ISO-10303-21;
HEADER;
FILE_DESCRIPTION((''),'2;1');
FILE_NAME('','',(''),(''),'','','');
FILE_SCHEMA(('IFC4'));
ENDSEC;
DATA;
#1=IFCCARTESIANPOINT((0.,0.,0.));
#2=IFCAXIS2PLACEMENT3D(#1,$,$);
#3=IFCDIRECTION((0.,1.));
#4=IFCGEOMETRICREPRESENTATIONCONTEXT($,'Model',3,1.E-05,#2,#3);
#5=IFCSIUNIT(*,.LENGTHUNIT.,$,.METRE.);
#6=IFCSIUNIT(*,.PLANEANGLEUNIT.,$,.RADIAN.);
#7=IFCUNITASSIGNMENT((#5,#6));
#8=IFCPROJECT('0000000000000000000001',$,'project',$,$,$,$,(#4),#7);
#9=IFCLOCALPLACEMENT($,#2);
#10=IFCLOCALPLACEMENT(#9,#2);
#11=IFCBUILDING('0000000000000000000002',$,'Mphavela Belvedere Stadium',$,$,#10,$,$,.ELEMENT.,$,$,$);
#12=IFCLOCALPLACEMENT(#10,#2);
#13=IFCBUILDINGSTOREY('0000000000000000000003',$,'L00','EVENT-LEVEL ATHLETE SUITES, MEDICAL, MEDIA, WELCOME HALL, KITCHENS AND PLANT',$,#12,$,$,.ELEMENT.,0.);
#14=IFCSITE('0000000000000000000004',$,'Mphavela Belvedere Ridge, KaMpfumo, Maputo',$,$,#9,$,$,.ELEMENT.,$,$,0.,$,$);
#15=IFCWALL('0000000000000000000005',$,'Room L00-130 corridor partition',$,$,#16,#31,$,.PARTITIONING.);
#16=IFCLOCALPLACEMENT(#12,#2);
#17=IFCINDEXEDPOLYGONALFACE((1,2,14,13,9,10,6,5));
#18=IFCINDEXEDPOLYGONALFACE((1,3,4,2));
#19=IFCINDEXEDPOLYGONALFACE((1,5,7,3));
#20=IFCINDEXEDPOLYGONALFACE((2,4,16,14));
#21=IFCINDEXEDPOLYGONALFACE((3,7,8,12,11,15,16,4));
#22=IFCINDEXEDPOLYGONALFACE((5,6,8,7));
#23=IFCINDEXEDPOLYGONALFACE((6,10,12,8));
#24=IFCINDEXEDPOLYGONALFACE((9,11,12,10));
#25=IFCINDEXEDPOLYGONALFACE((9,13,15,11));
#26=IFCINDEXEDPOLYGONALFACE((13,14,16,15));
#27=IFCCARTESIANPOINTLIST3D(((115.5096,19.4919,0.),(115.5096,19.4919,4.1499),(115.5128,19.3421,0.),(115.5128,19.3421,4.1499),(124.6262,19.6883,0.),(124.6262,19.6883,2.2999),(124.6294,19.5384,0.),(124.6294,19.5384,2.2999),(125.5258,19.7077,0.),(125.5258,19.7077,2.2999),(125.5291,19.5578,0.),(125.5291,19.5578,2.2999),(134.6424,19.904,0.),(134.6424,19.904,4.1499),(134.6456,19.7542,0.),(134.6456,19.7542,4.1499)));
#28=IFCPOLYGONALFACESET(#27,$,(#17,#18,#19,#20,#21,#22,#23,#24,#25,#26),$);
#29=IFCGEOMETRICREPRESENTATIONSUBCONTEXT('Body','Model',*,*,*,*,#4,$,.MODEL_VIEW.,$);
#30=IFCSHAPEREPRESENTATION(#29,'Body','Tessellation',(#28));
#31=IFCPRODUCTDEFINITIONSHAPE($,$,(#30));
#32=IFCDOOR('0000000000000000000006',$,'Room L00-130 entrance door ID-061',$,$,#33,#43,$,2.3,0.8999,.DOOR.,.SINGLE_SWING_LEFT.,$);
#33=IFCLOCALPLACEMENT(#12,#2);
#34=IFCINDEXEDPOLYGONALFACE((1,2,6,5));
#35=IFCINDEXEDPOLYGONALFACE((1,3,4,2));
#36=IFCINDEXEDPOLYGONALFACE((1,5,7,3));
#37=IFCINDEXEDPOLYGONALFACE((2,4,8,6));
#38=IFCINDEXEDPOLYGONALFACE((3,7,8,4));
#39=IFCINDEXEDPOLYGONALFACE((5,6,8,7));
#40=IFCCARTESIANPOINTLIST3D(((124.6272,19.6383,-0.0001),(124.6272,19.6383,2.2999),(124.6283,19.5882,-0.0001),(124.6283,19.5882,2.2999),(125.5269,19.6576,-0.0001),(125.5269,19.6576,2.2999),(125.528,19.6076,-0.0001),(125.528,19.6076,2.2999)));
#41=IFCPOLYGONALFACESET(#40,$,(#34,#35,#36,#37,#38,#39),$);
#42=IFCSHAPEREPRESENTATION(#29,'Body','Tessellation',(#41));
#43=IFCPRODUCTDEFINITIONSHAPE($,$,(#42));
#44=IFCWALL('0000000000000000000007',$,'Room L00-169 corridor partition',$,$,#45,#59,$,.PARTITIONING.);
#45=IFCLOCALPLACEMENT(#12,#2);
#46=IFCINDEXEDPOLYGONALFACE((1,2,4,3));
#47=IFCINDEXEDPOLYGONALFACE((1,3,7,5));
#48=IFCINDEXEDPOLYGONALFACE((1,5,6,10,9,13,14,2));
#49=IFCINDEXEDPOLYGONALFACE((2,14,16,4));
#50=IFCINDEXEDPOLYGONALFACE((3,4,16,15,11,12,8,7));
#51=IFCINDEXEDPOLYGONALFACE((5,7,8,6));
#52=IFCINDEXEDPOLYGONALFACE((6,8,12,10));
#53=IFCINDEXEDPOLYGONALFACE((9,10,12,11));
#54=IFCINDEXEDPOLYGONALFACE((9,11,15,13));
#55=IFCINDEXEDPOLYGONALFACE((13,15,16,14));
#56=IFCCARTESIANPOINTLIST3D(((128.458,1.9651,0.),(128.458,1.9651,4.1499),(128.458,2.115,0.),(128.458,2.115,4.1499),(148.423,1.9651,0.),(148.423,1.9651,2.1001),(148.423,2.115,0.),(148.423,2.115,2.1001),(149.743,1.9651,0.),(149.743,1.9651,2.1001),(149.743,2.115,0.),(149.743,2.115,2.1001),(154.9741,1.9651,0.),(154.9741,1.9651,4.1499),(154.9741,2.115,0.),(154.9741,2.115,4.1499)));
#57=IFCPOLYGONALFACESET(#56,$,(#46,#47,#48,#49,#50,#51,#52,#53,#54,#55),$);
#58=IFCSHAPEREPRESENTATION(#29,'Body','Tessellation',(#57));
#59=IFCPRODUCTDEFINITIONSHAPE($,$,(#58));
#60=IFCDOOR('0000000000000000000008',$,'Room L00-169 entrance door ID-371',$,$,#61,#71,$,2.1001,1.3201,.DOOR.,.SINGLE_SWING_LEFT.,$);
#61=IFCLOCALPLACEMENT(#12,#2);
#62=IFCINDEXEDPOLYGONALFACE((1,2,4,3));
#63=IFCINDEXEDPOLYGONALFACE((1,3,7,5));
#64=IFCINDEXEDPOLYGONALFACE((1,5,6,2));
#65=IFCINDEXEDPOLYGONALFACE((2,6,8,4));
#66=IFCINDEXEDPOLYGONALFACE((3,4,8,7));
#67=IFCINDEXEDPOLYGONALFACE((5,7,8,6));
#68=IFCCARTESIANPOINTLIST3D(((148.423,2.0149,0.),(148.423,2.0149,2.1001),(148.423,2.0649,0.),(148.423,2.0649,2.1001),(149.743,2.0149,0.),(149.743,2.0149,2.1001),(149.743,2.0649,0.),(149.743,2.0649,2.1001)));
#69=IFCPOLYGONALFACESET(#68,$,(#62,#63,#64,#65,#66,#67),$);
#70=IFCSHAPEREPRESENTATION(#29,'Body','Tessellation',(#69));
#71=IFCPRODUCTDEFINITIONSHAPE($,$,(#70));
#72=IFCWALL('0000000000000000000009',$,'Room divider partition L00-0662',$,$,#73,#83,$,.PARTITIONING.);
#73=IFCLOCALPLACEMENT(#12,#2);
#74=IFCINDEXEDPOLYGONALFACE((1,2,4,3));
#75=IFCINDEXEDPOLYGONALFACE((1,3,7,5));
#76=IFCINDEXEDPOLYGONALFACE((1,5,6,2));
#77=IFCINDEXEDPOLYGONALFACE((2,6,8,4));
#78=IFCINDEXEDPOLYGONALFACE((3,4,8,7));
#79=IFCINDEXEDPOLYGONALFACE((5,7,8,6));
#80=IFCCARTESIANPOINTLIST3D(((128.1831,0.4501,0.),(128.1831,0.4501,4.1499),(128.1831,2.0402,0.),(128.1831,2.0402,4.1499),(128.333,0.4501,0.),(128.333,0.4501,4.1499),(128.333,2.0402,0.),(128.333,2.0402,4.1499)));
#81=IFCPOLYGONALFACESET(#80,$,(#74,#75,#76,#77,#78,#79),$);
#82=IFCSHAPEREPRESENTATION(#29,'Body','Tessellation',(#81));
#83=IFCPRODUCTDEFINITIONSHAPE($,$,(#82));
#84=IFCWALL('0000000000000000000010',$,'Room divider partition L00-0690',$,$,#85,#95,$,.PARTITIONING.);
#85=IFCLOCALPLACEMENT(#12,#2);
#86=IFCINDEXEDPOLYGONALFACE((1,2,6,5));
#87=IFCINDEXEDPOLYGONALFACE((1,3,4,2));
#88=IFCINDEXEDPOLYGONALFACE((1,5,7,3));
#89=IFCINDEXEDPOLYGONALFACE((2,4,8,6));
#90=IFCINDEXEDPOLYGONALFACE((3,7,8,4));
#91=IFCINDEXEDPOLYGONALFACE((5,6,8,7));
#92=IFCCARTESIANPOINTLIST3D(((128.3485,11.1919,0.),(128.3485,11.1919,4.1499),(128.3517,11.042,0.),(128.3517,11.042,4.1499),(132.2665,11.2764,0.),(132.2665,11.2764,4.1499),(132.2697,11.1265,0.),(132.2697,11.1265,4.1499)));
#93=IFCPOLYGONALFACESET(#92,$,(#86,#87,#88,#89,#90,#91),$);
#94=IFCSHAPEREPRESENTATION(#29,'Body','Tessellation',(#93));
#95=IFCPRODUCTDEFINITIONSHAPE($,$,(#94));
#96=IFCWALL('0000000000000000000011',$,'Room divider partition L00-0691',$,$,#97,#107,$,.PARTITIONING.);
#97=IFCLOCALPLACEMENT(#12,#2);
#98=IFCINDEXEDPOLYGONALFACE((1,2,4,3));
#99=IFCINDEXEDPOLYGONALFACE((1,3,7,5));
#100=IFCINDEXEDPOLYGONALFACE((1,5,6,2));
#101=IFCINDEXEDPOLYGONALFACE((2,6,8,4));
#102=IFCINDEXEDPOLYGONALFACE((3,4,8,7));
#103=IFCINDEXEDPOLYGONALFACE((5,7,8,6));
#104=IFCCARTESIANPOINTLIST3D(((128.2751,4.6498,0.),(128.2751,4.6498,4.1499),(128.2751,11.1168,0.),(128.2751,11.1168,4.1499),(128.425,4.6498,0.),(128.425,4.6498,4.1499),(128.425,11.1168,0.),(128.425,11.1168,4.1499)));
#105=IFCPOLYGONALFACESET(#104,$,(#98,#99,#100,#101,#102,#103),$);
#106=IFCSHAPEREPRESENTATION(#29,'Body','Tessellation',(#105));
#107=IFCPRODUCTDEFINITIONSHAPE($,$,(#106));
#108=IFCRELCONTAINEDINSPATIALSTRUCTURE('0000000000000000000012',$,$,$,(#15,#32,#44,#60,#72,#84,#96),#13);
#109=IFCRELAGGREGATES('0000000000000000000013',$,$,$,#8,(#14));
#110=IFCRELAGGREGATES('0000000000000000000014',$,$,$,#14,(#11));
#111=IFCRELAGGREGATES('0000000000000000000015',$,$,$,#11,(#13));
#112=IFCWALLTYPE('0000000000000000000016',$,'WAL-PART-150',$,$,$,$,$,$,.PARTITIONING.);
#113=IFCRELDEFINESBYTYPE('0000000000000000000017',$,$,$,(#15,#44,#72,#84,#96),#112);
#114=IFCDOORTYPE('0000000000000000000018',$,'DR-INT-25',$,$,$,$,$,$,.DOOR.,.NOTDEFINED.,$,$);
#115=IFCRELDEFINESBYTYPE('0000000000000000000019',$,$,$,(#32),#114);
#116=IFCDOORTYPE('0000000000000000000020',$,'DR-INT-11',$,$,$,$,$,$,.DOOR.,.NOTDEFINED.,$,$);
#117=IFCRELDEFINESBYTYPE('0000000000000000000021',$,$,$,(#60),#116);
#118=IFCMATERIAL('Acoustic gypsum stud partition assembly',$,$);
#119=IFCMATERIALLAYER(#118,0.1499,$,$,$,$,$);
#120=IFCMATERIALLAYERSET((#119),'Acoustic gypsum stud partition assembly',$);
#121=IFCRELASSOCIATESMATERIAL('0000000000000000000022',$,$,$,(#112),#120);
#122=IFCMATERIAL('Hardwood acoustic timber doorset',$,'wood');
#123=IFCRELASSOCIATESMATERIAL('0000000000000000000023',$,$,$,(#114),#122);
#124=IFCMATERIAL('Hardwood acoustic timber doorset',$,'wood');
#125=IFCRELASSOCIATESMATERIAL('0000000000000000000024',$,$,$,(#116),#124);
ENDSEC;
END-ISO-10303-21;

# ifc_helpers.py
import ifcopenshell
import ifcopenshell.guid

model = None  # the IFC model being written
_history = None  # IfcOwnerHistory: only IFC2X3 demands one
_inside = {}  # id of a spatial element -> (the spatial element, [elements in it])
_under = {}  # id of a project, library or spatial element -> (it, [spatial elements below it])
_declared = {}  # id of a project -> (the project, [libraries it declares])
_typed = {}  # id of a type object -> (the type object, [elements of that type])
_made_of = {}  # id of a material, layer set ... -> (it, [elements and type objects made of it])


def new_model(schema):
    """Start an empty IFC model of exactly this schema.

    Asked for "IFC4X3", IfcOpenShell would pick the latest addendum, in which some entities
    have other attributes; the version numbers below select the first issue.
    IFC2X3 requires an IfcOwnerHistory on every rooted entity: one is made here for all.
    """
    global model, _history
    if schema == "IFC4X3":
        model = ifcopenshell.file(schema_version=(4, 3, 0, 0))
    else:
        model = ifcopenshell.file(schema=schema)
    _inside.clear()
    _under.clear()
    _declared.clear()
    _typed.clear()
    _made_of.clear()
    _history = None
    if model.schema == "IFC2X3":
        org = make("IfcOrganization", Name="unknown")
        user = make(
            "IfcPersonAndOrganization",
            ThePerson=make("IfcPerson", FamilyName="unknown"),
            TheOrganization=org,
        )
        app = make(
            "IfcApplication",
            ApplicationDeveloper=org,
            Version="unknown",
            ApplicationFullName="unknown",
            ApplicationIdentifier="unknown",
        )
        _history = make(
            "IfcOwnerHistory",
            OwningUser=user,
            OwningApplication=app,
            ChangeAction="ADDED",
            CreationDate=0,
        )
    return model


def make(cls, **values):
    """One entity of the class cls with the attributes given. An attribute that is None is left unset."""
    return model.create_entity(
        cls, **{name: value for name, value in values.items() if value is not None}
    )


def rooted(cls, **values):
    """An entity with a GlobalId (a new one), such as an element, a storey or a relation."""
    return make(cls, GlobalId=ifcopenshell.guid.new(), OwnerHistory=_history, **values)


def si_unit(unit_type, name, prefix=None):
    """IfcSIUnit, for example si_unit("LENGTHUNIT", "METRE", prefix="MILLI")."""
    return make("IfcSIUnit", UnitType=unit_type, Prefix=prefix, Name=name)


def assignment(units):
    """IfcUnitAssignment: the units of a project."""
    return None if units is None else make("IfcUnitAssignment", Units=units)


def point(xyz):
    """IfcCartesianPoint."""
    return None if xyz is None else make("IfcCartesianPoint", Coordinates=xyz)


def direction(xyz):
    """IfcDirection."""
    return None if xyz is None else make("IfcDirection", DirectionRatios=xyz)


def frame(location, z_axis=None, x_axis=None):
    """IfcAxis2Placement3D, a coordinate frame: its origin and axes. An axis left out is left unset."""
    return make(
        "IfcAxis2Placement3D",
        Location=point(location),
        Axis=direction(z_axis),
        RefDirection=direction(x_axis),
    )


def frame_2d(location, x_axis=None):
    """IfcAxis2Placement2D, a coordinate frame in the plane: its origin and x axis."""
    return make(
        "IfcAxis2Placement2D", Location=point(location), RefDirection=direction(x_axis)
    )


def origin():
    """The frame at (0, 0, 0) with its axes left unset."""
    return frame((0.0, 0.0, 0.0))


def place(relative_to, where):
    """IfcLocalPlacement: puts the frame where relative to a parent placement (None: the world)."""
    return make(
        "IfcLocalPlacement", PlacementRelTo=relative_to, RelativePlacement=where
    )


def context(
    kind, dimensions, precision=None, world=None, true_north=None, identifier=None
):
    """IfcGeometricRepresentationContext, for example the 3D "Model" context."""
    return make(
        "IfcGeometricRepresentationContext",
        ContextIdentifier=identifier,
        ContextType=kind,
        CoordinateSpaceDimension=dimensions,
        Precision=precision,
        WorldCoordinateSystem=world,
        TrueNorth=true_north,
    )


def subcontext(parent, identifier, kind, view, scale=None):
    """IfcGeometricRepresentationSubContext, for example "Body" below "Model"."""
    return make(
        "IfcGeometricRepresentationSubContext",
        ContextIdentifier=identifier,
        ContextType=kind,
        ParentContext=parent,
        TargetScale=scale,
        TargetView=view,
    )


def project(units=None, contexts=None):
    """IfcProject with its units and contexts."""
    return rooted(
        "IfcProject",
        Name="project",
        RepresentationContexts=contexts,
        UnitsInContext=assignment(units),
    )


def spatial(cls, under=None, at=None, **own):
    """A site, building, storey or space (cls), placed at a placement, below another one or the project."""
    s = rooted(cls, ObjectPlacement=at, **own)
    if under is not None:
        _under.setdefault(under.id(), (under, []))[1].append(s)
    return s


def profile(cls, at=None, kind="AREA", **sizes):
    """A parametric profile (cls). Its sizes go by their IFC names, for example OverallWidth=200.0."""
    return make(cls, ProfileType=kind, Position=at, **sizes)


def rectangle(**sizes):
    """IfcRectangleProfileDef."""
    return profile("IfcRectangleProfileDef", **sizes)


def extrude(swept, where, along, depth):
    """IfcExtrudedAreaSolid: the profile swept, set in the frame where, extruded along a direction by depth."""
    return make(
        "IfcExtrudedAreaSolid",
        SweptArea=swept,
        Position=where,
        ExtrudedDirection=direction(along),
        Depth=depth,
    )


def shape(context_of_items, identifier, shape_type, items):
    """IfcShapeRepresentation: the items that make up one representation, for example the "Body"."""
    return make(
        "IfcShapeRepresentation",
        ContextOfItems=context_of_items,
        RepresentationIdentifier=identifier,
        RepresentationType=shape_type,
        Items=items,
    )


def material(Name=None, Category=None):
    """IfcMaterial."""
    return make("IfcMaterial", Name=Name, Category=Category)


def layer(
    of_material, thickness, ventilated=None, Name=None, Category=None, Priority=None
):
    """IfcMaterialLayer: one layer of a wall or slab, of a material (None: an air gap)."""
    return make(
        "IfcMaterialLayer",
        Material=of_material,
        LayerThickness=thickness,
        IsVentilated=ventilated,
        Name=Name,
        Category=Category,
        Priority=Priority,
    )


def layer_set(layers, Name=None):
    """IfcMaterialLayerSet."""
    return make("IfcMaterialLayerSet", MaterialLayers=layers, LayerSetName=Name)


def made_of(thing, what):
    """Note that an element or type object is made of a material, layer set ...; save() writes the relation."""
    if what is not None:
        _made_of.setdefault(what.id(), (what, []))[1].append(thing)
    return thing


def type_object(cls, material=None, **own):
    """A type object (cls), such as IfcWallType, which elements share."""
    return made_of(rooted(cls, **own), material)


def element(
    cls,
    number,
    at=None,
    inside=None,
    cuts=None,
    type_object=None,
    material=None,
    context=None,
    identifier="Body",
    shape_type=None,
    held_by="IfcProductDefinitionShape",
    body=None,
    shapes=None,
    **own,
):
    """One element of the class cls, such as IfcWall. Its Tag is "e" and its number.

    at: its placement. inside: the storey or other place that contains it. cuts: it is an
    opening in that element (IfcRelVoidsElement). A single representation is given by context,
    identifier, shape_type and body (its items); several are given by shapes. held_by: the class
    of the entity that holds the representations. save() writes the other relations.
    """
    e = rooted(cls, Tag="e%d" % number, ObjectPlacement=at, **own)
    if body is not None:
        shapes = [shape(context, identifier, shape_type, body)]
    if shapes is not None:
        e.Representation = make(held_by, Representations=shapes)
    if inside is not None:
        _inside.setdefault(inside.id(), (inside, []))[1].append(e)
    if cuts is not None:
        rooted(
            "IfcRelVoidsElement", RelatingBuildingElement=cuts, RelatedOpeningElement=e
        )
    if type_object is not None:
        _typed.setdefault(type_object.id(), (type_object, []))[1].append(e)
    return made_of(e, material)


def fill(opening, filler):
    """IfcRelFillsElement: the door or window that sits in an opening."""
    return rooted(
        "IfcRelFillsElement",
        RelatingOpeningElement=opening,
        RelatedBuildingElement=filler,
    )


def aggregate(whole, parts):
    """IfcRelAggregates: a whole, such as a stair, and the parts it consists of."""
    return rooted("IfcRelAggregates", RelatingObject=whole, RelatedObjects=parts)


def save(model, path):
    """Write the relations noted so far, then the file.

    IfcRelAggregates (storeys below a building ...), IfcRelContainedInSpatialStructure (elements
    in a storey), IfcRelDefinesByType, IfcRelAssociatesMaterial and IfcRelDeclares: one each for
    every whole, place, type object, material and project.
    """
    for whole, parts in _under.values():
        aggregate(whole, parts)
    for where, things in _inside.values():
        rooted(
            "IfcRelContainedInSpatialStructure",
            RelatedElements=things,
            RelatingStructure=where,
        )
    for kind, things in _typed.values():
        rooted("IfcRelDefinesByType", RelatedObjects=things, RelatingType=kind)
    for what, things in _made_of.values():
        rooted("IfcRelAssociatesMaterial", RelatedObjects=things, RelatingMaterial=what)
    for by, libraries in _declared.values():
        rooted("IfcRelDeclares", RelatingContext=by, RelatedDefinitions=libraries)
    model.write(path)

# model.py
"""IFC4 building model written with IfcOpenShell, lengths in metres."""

from ifc_helpers import new_model, si_unit, direction, frame, frame_2d, origin, place, context, subcontext, project, spatial, rectangle, extrude, material, layer, layer_set, type_object, element, fill, save


model = new_model("IFC4")

# Units and contexts
model_context = context("Model", 3, precision=1e-05, world=origin(), true_north=direction((0.0, 1.0)))
body_context = subcontext(model_context, "Body", "Model", "MODEL_VIEW")
ifc_project = project(units=[si_unit("LENGTHUNIT", "METRE"), si_unit("PLANEANGLEUNIT", "RADIAN")], contexts=[model_context])

# Site, building, storey
site_placement = place(None, origin())
site = spatial("IfcSite", under=ifc_project, at=site_placement, Name="Mphavela Belvedere Ridge, KaMpfumo, Maputo", CompositionType="ELEMENT", RefElevation=0.0)
building_placement = place(site_placement, origin())
building = spatial("IfcBuilding", under=site, at=building_placement, Name="Mphavela Belvedere Stadium", CompositionType="ELEMENT")
storey_placement = place(building_placement, origin())
storey = spatial("IfcBuildingStorey", under=building, at=storey_placement, Name="L00", Description="EVENT-LEVEL ATHLETE SUITES, MEDICAL, MEDIA, WELCOME HALL, KITCHENS AND PLANT", CompositionType="ELEMENT", Elevation=0.0)

# Walls, openings, doors
ifc_material_1 = material(Name="Acoustic gypsum stud partition assembly")
ifc_layer_1 = layer(ifc_material_1, 0.1499)
ifc_layer_set_1 = layer_set([ifc_layer_1], Name="Acoustic gypsum stud partition assembly")
wall_type_1 = type_object("IfcWallType", Name="WAL-PART-150", PredefinedType="PARTITIONING", material=ifc_layer_set_1)
wall_1_placement = place(storey_placement, frame((115.5112, 19.417, 0.0), z_axis=(0.0, 0.0, 1.0), x_axis=(0.999768, 0.021534, 0.0)))
wall_1 = element("IfcWall", 1, at=wall_1_placement, inside=storey, type_object=wall_type_1, Name="Room L00-130 corridor partition", PredefinedType="PARTITIONING", context=body_context, shape_type="SweptSolid", body=[
    extrude(rectangle(XDim=19.1372, YDim=0.1499, at=frame_2d((9.5686, 0.0))), origin(), (0.0, 0.0, 1.0), 4.1499),
])
opening_1_placement = place(wall_1_placement, frame((9.1187, 0.0, 0.0)))
opening_1 = element("IfcOpeningElement", 2, at=opening_1_placement, cuts=wall_1, PredefinedType="OPENING", context=body_context, shape_type="SweptSolid", body=[
    extrude(rectangle(XDim=0.8999, YDim=2.3, at=frame_2d((0.45, 1.1499))), frame((0.0, 0.085, 0.0), z_axis=(0.0, -1.0, 0.0), x_axis=(1.0, 0.0, 0.0)), (0.0, 0.0, 1.0), 0.1699),
])
ifc_material_2 = material(Name="Hardwood acoustic timber doorset", Category="wood")
door_type_1 = type_object("IfcDoorType", Name="DR-INT-25", OperationType="NOTDEFINED", PredefinedType="DOOR", material=ifc_material_2)
door_1_placement = place(opening_1_placement, origin())
door_1 = element("IfcDoor", 3, at=door_1_placement, inside=storey, type_object=door_type_1, Name="Room L00-130 entrance door ID-061", OperationType="SINGLE_SWING_LEFT", OverallHeight=2.3, OverallWidth=0.8999, PredefinedType="DOOR", context=body_context, shape_type="SweptSolid", body=[
    extrude(rectangle(XDim=0.8999, YDim=2.3, at=frame_2d((0.45, 1.1499))), frame((0.0, 0.0249, 0.0), z_axis=(0.0, -1.0, 0.0), x_axis=(1.0, 0.0, 0.0)), (0.0, 0.0, 1.0), 0.05),
])
fill(opening_1, door_1)
wall_2_placement = place(storey_placement, frame((128.458, 2.04, 0.0), z_axis=(0.0, 0.0, 1.0), x_axis=(1.0, 0.0, 0.0)))
wall_2 = element("IfcWall", 4, at=wall_2_placement, inside=storey, type_object=wall_type_1, Name="Room L00-169 corridor partition", PredefinedType="PARTITIONING", context=body_context, shape_type="SweptSolid", body=[
    extrude(rectangle(XDim=26.5161, YDim=0.1499, at=frame_2d((13.2581, 0.0))), origin(), (0.0, 0.0, 1.0), 4.1499),
])
opening_2_placement = place(wall_2_placement, frame((19.9648, 0.0, 0.0)))
opening_2 = element("IfcOpeningElement", 5, at=opening_2_placement, cuts=wall_2, PredefinedType="OPENING", context=body_context, shape_type="SweptSolid", body=[
    extrude(rectangle(XDim=1.3201, YDim=2.1001, at=frame_2d((0.6602, 1.05))), frame((0.0, 0.085, 0.0), z_axis=(0.0, -1.0, 0.0), x_axis=(1.0, 0.0, 0.0)), (0.0, 0.0, 1.0), 0.1699),
])
ifc_material_3 = material(Name="Hardwood acoustic timber doorset", Category="wood")
door_type_2 = type_object("IfcDoorType", Name="DR-INT-11", OperationType="NOTDEFINED", PredefinedType="DOOR", material=ifc_material_3)
door_2_placement = place(opening_2_placement, origin())
door_2 = element("IfcDoor", 6, at=door_2_placement, inside=storey, type_object=door_type_2, Name="Room L00-169 entrance door ID-371", OperationType="SINGLE_SWING_LEFT", OverallHeight=2.1001, OverallWidth=1.3201, PredefinedType="DOOR", context=body_context, shape_type="SweptSolid", body=[
    extrude(rectangle(XDim=1.3201, YDim=2.1001, at=frame_2d((0.6602, 1.05))), frame((0.0, 0.0249, 0.0), z_axis=(0.0, -1.0, 0.0), x_axis=(1.0, 0.0, 0.0)), (0.0, 0.0, 1.0), 0.05),
])
fill(opening_2, door_2)

# Walls
wall_3_placement = place(storey_placement, frame((128.2581, 2.04, 0.0), z_axis=(0.0, 0.0, 1.0), x_axis=(0.0, -1.0, 0.0)))
element("IfcWall", 7, at=wall_3_placement, inside=storey, type_object=wall_type_1, Name="Room divider partition L00-0662", PredefinedType="PARTITIONING", context=body_context, shape_type="SweptSolid", body=[
    extrude(rectangle(XDim=1.5901, YDim=0.1499, at=frame_2d((0.7949, 0.0))), origin(), (0.0, 0.0, 1.0), 4.1499),
])
wall_4_placement = place(storey_placement, frame((128.3501, 11.1169, 0.0), z_axis=(0.0, 0.0, 1.0), x_axis=(0.999768, 0.021555, 0.0)))
element("IfcWall", 8, at=wall_4_placement, inside=storey, type_object=wall_type_1, Name="Room divider partition L00-0690", PredefinedType="PARTITIONING", context=body_context, shape_type="SweptSolid", body=[
    extrude(rectangle(XDim=3.9189, YDim=0.1499, at=frame_2d((1.9595, 0.0))), origin(), (0.0, 0.0, 1.0), 4.1499),
])
wall_5_placement = place(storey_placement, frame((128.3501, 4.6499, 0.0), z_axis=(0.0, 0.0, 1.0), x_axis=(0.0, 1.0, 0.0)))
element("IfcWall", 9, at=wall_5_placement, inside=storey, type_object=wall_type_1, Name="Room divider partition L00-0691", PredefinedType="PARTITIONING", context=body_context, shape_type="SweptSolid", body=[
    extrude(rectangle(XDim=6.467, YDim=0.1499, at=frame_2d((3.2334, 0.0))), origin(), (0.0, 0.0, 1.0), 4.1499),
])

save(model, "model.ifc")
